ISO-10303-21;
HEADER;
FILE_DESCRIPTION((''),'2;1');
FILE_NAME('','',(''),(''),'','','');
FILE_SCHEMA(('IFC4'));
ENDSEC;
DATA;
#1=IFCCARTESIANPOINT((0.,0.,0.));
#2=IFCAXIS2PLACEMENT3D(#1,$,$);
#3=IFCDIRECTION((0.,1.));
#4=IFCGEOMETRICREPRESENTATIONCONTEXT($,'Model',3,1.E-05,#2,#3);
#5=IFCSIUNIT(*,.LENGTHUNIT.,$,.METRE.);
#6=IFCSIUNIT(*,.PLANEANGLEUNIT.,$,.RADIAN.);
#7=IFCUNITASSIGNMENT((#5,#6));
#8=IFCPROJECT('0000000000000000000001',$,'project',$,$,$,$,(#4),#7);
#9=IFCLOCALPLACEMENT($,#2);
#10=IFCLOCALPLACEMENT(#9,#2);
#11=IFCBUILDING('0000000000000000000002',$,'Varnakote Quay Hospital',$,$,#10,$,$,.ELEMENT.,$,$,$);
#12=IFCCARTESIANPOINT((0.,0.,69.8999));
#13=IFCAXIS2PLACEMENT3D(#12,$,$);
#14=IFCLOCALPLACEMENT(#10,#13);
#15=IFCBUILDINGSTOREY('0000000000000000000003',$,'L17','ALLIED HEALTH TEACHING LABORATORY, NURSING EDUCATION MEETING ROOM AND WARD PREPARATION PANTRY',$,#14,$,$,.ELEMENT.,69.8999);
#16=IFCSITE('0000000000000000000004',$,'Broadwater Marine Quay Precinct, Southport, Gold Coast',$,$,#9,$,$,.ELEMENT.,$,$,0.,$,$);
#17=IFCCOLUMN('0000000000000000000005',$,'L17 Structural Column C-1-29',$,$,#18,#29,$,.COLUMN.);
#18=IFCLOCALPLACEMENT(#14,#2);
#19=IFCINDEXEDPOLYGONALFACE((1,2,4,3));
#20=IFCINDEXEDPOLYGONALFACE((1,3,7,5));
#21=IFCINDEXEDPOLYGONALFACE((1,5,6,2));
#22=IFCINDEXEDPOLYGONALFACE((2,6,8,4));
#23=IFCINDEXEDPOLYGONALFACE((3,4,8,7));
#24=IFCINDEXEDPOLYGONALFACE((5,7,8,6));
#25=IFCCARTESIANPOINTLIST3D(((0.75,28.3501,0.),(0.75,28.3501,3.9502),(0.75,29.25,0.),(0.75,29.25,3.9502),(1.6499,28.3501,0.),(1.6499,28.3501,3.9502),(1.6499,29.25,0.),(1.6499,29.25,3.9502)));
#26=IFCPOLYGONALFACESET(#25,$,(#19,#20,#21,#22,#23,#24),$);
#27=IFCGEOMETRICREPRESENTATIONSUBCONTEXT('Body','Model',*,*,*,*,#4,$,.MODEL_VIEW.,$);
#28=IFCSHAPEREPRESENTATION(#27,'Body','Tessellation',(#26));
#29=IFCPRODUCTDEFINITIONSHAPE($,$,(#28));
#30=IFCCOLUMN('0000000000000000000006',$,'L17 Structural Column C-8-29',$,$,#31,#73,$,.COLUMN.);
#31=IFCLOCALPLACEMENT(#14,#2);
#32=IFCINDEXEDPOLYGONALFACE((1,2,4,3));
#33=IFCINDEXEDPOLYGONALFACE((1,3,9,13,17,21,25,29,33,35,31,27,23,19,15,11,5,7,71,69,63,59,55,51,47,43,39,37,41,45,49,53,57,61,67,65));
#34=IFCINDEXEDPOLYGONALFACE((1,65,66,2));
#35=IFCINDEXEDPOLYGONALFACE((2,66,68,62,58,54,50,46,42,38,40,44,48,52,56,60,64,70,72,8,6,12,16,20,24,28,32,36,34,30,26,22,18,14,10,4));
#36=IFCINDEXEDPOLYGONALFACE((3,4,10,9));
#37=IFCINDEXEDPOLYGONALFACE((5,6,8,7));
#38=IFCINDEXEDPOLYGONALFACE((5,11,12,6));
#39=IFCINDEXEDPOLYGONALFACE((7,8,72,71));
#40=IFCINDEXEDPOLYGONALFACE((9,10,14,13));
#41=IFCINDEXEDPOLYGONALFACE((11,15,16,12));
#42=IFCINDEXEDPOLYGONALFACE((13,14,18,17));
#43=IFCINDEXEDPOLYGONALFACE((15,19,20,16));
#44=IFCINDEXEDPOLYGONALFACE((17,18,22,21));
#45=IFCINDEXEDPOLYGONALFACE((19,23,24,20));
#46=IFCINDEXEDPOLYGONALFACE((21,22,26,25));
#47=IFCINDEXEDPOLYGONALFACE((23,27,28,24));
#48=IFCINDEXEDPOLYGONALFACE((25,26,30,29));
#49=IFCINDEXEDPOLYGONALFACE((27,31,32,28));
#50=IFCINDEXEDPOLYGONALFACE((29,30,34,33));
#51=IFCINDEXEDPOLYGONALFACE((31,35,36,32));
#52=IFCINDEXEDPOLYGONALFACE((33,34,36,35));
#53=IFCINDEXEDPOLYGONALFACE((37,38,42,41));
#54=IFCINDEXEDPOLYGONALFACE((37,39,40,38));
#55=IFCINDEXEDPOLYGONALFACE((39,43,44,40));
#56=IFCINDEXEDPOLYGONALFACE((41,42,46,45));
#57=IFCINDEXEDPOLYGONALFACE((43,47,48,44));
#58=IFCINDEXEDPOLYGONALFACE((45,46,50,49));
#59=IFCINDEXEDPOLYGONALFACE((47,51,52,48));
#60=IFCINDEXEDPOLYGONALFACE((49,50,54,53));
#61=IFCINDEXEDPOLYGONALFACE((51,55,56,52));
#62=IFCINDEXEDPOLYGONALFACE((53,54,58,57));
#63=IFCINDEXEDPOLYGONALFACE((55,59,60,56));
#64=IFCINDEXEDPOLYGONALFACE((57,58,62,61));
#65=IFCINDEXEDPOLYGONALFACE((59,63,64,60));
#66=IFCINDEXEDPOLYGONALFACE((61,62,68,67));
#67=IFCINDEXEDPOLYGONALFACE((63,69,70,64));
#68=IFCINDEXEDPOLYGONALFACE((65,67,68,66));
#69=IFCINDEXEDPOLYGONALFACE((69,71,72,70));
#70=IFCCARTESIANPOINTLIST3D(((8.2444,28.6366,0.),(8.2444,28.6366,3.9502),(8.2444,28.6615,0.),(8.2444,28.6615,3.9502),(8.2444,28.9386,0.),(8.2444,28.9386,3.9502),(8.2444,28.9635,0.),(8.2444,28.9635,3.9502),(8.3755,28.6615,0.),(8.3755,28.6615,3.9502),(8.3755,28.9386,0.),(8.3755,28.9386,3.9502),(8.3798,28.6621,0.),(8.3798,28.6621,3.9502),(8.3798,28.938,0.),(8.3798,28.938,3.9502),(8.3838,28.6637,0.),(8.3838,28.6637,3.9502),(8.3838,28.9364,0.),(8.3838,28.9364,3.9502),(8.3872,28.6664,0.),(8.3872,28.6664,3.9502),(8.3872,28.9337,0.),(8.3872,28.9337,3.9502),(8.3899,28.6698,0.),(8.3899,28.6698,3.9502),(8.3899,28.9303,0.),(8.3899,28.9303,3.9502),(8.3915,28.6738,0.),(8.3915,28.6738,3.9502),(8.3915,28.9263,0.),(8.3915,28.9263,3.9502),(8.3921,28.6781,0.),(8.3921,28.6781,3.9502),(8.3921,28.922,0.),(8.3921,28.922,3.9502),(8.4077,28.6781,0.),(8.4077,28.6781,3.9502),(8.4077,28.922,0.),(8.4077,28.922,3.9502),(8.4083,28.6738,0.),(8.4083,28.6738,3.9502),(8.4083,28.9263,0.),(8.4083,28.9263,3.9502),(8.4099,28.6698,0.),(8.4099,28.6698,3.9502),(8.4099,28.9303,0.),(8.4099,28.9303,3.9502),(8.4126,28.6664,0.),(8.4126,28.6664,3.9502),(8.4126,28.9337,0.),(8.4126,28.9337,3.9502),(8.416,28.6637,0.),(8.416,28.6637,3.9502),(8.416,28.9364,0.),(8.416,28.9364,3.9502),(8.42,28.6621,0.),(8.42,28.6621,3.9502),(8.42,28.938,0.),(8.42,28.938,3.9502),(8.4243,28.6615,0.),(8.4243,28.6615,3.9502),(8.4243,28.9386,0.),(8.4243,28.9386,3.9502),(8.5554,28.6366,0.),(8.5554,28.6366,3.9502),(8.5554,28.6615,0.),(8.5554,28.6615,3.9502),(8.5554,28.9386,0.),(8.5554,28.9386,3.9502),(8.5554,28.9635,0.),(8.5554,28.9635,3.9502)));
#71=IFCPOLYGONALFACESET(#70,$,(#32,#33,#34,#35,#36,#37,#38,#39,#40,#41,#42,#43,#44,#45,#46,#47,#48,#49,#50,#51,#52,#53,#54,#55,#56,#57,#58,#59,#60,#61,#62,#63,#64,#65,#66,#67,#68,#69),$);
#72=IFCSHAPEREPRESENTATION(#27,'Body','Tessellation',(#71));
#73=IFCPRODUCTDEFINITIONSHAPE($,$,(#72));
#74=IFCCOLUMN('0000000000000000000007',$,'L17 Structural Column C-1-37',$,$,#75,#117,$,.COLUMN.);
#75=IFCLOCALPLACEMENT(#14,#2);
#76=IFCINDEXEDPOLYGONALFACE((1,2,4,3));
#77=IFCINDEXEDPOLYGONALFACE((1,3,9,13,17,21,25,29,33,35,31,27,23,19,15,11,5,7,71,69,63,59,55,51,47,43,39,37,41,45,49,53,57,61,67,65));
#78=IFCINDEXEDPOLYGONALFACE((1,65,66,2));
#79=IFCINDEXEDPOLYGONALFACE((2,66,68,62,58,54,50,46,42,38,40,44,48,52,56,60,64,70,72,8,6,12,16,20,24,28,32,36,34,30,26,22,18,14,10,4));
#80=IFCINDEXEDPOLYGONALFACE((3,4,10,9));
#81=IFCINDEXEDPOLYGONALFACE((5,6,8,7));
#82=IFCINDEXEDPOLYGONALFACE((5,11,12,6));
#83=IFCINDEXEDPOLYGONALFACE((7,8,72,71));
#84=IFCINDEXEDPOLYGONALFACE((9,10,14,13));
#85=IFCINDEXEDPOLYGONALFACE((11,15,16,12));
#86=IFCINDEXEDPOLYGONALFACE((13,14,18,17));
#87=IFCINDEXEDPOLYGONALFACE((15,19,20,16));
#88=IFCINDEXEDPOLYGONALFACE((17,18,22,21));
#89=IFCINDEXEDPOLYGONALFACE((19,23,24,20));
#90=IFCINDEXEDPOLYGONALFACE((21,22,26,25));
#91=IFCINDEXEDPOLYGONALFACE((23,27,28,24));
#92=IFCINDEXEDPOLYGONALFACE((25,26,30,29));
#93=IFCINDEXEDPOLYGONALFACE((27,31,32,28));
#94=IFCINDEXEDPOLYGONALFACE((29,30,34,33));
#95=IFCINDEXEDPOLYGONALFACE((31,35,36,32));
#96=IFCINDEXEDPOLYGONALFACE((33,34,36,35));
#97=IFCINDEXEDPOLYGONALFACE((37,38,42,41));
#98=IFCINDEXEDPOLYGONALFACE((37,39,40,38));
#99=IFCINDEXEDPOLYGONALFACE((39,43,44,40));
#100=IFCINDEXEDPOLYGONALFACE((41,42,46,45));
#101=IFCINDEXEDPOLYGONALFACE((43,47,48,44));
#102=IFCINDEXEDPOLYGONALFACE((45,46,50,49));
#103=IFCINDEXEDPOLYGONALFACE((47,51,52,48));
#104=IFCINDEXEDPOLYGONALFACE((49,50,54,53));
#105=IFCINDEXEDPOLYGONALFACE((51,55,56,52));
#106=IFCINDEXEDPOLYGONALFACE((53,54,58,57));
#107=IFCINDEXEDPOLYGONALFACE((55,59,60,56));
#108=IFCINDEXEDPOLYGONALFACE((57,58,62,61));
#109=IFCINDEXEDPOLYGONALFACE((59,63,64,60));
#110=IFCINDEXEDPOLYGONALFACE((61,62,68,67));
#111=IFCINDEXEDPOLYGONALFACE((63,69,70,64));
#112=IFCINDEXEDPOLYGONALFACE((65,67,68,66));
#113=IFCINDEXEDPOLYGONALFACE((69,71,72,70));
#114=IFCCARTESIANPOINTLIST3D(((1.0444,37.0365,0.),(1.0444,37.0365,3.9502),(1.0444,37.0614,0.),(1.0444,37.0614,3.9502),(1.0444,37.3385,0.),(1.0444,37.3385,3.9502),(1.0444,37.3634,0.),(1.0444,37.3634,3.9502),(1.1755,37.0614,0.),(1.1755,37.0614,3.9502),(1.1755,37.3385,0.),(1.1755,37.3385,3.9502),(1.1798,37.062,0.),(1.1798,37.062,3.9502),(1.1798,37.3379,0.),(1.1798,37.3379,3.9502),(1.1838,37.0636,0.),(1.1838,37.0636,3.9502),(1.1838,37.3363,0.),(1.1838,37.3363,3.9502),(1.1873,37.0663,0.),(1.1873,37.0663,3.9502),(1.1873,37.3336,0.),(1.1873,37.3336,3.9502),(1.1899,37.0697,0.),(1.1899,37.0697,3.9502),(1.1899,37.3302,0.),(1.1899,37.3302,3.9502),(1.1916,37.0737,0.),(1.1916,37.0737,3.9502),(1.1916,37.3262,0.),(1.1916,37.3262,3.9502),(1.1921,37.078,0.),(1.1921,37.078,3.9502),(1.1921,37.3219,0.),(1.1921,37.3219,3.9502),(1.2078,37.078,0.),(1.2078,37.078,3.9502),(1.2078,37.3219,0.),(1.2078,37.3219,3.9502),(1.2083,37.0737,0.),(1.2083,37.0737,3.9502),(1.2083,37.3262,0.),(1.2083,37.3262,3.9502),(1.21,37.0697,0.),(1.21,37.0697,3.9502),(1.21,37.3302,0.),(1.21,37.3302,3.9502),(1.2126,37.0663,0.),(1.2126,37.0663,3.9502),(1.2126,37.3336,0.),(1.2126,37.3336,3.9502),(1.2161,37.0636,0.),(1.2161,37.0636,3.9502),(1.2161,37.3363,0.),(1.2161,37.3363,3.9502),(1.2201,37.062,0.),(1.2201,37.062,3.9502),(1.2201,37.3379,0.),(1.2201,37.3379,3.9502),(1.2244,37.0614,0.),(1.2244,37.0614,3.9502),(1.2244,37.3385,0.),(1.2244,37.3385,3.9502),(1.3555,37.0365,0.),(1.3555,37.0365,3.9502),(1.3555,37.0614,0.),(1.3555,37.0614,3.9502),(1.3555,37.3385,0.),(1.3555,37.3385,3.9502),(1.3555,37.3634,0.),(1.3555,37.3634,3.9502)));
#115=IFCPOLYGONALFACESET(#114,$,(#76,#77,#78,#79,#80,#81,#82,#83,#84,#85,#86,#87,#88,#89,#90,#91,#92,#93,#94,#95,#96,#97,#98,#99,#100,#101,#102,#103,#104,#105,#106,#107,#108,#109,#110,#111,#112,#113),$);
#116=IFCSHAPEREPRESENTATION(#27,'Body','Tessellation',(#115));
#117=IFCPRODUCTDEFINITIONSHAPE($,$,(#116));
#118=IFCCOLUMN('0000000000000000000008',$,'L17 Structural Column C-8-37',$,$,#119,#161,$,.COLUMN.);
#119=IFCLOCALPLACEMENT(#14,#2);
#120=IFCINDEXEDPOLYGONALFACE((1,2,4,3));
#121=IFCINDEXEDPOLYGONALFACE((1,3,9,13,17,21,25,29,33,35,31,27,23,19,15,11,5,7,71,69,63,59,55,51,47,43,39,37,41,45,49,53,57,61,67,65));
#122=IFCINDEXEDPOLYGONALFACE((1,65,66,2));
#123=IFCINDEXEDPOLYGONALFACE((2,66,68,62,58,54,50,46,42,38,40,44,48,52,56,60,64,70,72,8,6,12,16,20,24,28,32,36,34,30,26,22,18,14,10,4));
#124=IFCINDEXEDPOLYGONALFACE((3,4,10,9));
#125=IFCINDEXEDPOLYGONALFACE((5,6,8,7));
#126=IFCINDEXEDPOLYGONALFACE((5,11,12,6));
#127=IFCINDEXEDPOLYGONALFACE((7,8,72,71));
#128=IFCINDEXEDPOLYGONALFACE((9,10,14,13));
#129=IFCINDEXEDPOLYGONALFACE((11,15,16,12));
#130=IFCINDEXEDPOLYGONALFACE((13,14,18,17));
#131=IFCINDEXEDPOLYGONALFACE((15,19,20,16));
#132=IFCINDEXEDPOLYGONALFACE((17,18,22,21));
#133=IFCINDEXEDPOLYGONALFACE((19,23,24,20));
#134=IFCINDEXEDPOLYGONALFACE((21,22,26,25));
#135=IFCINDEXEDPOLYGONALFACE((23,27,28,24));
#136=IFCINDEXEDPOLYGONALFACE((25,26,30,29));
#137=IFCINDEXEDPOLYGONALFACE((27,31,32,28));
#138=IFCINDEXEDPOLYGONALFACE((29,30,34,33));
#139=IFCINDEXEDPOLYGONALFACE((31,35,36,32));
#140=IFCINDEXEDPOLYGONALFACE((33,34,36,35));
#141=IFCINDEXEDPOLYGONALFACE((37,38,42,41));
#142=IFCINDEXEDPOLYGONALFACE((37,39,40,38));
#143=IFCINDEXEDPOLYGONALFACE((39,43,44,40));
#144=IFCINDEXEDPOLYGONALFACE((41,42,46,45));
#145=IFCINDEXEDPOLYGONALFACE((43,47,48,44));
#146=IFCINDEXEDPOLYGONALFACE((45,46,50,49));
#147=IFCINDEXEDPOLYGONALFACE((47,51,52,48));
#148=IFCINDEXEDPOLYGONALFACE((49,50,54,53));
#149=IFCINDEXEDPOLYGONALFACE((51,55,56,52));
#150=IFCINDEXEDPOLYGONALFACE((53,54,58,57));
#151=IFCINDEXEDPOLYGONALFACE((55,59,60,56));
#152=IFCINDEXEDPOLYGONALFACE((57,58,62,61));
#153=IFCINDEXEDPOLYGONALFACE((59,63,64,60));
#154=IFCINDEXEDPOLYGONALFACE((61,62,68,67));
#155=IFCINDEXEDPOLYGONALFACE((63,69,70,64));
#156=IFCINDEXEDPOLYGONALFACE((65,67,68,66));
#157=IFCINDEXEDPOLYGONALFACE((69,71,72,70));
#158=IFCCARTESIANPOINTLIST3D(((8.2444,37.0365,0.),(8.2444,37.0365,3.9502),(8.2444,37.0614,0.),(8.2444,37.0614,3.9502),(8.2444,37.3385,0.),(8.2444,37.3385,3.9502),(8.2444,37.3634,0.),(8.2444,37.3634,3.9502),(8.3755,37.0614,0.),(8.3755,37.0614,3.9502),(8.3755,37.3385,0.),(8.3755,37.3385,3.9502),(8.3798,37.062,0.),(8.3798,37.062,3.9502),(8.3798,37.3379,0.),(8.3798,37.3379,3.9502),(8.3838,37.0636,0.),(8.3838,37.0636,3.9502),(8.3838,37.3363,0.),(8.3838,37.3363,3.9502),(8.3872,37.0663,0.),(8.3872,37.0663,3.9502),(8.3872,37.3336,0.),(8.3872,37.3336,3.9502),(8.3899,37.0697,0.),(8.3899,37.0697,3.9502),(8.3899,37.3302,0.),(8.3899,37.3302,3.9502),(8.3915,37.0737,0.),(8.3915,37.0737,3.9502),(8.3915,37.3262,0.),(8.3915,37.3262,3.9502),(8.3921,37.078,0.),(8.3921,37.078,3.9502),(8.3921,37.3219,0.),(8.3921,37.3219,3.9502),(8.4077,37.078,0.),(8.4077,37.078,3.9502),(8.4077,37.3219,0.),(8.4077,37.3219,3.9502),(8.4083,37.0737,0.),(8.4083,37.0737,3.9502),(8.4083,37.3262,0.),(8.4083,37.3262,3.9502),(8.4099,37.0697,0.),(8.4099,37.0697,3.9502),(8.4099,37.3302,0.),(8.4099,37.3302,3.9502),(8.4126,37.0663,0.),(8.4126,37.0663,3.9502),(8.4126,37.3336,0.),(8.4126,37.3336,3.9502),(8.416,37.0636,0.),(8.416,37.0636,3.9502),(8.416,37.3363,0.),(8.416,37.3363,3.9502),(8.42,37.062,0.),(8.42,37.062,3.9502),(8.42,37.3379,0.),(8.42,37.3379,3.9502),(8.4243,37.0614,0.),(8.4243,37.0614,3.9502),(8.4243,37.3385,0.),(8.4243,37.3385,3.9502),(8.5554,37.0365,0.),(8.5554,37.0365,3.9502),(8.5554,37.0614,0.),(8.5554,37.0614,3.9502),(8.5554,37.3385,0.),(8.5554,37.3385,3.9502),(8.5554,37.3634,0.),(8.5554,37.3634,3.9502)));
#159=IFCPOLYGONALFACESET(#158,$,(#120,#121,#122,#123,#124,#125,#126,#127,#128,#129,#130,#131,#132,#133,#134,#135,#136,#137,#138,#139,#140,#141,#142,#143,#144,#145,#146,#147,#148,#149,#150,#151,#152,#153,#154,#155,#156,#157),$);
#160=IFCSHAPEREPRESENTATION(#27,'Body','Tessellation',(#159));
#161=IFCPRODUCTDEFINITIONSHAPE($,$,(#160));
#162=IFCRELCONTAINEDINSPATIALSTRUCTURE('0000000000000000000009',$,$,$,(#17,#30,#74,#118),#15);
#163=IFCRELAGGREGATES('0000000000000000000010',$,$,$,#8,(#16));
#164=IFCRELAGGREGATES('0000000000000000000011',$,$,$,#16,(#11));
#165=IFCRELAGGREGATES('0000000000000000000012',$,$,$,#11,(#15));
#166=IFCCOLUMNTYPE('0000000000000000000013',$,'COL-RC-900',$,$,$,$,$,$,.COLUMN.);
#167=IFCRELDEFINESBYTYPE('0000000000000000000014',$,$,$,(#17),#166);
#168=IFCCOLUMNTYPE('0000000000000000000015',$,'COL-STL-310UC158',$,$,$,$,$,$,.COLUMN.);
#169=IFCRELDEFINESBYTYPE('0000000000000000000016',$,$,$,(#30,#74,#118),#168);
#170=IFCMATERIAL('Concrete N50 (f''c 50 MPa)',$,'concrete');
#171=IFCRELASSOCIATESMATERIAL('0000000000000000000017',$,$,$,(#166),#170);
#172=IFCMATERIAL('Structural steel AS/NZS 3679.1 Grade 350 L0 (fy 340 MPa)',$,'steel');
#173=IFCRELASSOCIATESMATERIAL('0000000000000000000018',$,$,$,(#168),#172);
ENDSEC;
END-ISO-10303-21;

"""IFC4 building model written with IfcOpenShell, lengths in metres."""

from ifc_helpers import new_model, si_unit, direction, frame, origin, origin_2d, place, context, subcontext, project, spatial, rectangle, i_section, extrude, material, material_profile, profile_set, type_object, element, save


model = new_model("IFC4")

# Units and contexts
model_context = context("Model", 3, precision=1e-05, world=origin(), true_north=direction((0.0, 1.0)))
body_context = subcontext(model_context, "Body", "Model", "MODEL_VIEW")
ifc_project = project(units=[si_unit("LENGTHUNIT", "METRE"), si_unit("PLANEANGLEUNIT", "RADIAN")], contexts=[model_context])

# Site, building, storey
site_placement = place(None, origin())
site = spatial("IfcSite", under=ifc_project, at=site_placement, Name="Broadwater Marine Quay Precinct, Southport, Gold Coast", CompositionType="ELEMENT", RefElevation=0.0)
building_placement = place(site_placement, origin())
building = spatial("IfcBuilding", under=site, at=building_placement, Name="Varnakote Quay Hospital", CompositionType="ELEMENT")
storey_placement = place(building_placement, frame((0.0, 0.0, 69.8999)))
storey = spatial("IfcBuildingStorey", under=building, at=storey_placement, Name="L17", Description="ALLIED HEALTH TEACHING LABORATORY, NURSING EDUCATION MEETING ROOM AND WARD PREPARATION PANTRY", CompositionType="ELEMENT", Elevation=69.8999)

# Columns
ifc_material_1 = material(Name="Concrete N50 (f'c 50 MPa)", Category="concrete")
ifc_material_profile_1 = material_profile(ifc_material_1, rectangle(XDim=0.8999, YDim=0.8999, at=origin_2d()), Name="RC-COL-900x900")
ifc_profile_set_1 = profile_set([ifc_material_profile_1], Name="Concrete N50 (f'c 50 MPa)")
column_type_1 = type_object("IfcColumnType", Name="COL-RC-900", PredefinedType="COLUMN", material=ifc_profile_set_1)
column_placement = place(storey_placement, frame((1.2, 28.8, 0.0), z_axis=(0.0, 0.0, 1.0), x_axis=(1.0, 0.0, 0.0)))
element("IfcColumn", 1, at=column_placement, inside=storey, type_object=column_type_1, Name="L17 Structural Column C-1-29", PredefinedType="COLUMN", context=body_context, shape_type="SweptSolid", body=[
    extrude(rectangle(XDim=0.8999, YDim=0.8999, at=origin_2d()), origin(), (0.0, 0.0, 1.0), 3.9502),
])
ifc_material_2 = material(Name="Structural steel AS/NZS 3679.1 Grade 350 L0 (fy 340 MPa)", Category="steel")
ifc_material_profile_2 = material_profile(ifc_material_2, i_section(OverallWidth=0.311, OverallDepth=0.3269, WebThickness=0.0156, FlangeThickness=0.0249, FilletRadius=0.0166, at=origin_2d()), Name="310UC158")
ifc_profile_set_2 = profile_set([ifc_material_profile_2], Name="Structural steel AS/NZS 3679.1 Grade 350 L0 (fy 340 MPa)")
column_type_2 = type_object("IfcColumnType", Name="COL-STL-310UC158", PredefinedType="COLUMN", material=ifc_profile_set_2)
for number, where, z_axis, x_axis, name in (
    (2, (8.3999, 28.8, 0.0), (0.0, 0.0, 1.0), (1.0, 0.0, 0.0), "L17 Structural Column C-8-29"),
    (3, (1.2, 37.2, 0.0), (0.0, 0.0, 1.0), (1.0, 0.0, 0.0), "L17 Structural Column C-1-37"),
    (4, (8.3999, 37.2, 0.0), (0.0, 0.0, 1.0), (1.0, 0.0, 0.0), "L17 Structural Column C-8-37"),
):
    element("IfcColumn", number, at=place(storey_placement, frame(where, z_axis=z_axis, x_axis=x_axis)), inside=storey, type_object=column_type_2, Name=name, PredefinedType="COLUMN", context=body_context, shape_type="SweptSolid", body=[
        extrude(i_section(OverallWidth=0.311, OverallDepth=0.3269, WebThickness=0.0156, FlangeThickness=0.0249, FilletRadius=0.0166, at=origin_2d()), origin(), (0.0, 0.0, 1.0), 3.9502),
    ])

save(model, "model.ifc")
